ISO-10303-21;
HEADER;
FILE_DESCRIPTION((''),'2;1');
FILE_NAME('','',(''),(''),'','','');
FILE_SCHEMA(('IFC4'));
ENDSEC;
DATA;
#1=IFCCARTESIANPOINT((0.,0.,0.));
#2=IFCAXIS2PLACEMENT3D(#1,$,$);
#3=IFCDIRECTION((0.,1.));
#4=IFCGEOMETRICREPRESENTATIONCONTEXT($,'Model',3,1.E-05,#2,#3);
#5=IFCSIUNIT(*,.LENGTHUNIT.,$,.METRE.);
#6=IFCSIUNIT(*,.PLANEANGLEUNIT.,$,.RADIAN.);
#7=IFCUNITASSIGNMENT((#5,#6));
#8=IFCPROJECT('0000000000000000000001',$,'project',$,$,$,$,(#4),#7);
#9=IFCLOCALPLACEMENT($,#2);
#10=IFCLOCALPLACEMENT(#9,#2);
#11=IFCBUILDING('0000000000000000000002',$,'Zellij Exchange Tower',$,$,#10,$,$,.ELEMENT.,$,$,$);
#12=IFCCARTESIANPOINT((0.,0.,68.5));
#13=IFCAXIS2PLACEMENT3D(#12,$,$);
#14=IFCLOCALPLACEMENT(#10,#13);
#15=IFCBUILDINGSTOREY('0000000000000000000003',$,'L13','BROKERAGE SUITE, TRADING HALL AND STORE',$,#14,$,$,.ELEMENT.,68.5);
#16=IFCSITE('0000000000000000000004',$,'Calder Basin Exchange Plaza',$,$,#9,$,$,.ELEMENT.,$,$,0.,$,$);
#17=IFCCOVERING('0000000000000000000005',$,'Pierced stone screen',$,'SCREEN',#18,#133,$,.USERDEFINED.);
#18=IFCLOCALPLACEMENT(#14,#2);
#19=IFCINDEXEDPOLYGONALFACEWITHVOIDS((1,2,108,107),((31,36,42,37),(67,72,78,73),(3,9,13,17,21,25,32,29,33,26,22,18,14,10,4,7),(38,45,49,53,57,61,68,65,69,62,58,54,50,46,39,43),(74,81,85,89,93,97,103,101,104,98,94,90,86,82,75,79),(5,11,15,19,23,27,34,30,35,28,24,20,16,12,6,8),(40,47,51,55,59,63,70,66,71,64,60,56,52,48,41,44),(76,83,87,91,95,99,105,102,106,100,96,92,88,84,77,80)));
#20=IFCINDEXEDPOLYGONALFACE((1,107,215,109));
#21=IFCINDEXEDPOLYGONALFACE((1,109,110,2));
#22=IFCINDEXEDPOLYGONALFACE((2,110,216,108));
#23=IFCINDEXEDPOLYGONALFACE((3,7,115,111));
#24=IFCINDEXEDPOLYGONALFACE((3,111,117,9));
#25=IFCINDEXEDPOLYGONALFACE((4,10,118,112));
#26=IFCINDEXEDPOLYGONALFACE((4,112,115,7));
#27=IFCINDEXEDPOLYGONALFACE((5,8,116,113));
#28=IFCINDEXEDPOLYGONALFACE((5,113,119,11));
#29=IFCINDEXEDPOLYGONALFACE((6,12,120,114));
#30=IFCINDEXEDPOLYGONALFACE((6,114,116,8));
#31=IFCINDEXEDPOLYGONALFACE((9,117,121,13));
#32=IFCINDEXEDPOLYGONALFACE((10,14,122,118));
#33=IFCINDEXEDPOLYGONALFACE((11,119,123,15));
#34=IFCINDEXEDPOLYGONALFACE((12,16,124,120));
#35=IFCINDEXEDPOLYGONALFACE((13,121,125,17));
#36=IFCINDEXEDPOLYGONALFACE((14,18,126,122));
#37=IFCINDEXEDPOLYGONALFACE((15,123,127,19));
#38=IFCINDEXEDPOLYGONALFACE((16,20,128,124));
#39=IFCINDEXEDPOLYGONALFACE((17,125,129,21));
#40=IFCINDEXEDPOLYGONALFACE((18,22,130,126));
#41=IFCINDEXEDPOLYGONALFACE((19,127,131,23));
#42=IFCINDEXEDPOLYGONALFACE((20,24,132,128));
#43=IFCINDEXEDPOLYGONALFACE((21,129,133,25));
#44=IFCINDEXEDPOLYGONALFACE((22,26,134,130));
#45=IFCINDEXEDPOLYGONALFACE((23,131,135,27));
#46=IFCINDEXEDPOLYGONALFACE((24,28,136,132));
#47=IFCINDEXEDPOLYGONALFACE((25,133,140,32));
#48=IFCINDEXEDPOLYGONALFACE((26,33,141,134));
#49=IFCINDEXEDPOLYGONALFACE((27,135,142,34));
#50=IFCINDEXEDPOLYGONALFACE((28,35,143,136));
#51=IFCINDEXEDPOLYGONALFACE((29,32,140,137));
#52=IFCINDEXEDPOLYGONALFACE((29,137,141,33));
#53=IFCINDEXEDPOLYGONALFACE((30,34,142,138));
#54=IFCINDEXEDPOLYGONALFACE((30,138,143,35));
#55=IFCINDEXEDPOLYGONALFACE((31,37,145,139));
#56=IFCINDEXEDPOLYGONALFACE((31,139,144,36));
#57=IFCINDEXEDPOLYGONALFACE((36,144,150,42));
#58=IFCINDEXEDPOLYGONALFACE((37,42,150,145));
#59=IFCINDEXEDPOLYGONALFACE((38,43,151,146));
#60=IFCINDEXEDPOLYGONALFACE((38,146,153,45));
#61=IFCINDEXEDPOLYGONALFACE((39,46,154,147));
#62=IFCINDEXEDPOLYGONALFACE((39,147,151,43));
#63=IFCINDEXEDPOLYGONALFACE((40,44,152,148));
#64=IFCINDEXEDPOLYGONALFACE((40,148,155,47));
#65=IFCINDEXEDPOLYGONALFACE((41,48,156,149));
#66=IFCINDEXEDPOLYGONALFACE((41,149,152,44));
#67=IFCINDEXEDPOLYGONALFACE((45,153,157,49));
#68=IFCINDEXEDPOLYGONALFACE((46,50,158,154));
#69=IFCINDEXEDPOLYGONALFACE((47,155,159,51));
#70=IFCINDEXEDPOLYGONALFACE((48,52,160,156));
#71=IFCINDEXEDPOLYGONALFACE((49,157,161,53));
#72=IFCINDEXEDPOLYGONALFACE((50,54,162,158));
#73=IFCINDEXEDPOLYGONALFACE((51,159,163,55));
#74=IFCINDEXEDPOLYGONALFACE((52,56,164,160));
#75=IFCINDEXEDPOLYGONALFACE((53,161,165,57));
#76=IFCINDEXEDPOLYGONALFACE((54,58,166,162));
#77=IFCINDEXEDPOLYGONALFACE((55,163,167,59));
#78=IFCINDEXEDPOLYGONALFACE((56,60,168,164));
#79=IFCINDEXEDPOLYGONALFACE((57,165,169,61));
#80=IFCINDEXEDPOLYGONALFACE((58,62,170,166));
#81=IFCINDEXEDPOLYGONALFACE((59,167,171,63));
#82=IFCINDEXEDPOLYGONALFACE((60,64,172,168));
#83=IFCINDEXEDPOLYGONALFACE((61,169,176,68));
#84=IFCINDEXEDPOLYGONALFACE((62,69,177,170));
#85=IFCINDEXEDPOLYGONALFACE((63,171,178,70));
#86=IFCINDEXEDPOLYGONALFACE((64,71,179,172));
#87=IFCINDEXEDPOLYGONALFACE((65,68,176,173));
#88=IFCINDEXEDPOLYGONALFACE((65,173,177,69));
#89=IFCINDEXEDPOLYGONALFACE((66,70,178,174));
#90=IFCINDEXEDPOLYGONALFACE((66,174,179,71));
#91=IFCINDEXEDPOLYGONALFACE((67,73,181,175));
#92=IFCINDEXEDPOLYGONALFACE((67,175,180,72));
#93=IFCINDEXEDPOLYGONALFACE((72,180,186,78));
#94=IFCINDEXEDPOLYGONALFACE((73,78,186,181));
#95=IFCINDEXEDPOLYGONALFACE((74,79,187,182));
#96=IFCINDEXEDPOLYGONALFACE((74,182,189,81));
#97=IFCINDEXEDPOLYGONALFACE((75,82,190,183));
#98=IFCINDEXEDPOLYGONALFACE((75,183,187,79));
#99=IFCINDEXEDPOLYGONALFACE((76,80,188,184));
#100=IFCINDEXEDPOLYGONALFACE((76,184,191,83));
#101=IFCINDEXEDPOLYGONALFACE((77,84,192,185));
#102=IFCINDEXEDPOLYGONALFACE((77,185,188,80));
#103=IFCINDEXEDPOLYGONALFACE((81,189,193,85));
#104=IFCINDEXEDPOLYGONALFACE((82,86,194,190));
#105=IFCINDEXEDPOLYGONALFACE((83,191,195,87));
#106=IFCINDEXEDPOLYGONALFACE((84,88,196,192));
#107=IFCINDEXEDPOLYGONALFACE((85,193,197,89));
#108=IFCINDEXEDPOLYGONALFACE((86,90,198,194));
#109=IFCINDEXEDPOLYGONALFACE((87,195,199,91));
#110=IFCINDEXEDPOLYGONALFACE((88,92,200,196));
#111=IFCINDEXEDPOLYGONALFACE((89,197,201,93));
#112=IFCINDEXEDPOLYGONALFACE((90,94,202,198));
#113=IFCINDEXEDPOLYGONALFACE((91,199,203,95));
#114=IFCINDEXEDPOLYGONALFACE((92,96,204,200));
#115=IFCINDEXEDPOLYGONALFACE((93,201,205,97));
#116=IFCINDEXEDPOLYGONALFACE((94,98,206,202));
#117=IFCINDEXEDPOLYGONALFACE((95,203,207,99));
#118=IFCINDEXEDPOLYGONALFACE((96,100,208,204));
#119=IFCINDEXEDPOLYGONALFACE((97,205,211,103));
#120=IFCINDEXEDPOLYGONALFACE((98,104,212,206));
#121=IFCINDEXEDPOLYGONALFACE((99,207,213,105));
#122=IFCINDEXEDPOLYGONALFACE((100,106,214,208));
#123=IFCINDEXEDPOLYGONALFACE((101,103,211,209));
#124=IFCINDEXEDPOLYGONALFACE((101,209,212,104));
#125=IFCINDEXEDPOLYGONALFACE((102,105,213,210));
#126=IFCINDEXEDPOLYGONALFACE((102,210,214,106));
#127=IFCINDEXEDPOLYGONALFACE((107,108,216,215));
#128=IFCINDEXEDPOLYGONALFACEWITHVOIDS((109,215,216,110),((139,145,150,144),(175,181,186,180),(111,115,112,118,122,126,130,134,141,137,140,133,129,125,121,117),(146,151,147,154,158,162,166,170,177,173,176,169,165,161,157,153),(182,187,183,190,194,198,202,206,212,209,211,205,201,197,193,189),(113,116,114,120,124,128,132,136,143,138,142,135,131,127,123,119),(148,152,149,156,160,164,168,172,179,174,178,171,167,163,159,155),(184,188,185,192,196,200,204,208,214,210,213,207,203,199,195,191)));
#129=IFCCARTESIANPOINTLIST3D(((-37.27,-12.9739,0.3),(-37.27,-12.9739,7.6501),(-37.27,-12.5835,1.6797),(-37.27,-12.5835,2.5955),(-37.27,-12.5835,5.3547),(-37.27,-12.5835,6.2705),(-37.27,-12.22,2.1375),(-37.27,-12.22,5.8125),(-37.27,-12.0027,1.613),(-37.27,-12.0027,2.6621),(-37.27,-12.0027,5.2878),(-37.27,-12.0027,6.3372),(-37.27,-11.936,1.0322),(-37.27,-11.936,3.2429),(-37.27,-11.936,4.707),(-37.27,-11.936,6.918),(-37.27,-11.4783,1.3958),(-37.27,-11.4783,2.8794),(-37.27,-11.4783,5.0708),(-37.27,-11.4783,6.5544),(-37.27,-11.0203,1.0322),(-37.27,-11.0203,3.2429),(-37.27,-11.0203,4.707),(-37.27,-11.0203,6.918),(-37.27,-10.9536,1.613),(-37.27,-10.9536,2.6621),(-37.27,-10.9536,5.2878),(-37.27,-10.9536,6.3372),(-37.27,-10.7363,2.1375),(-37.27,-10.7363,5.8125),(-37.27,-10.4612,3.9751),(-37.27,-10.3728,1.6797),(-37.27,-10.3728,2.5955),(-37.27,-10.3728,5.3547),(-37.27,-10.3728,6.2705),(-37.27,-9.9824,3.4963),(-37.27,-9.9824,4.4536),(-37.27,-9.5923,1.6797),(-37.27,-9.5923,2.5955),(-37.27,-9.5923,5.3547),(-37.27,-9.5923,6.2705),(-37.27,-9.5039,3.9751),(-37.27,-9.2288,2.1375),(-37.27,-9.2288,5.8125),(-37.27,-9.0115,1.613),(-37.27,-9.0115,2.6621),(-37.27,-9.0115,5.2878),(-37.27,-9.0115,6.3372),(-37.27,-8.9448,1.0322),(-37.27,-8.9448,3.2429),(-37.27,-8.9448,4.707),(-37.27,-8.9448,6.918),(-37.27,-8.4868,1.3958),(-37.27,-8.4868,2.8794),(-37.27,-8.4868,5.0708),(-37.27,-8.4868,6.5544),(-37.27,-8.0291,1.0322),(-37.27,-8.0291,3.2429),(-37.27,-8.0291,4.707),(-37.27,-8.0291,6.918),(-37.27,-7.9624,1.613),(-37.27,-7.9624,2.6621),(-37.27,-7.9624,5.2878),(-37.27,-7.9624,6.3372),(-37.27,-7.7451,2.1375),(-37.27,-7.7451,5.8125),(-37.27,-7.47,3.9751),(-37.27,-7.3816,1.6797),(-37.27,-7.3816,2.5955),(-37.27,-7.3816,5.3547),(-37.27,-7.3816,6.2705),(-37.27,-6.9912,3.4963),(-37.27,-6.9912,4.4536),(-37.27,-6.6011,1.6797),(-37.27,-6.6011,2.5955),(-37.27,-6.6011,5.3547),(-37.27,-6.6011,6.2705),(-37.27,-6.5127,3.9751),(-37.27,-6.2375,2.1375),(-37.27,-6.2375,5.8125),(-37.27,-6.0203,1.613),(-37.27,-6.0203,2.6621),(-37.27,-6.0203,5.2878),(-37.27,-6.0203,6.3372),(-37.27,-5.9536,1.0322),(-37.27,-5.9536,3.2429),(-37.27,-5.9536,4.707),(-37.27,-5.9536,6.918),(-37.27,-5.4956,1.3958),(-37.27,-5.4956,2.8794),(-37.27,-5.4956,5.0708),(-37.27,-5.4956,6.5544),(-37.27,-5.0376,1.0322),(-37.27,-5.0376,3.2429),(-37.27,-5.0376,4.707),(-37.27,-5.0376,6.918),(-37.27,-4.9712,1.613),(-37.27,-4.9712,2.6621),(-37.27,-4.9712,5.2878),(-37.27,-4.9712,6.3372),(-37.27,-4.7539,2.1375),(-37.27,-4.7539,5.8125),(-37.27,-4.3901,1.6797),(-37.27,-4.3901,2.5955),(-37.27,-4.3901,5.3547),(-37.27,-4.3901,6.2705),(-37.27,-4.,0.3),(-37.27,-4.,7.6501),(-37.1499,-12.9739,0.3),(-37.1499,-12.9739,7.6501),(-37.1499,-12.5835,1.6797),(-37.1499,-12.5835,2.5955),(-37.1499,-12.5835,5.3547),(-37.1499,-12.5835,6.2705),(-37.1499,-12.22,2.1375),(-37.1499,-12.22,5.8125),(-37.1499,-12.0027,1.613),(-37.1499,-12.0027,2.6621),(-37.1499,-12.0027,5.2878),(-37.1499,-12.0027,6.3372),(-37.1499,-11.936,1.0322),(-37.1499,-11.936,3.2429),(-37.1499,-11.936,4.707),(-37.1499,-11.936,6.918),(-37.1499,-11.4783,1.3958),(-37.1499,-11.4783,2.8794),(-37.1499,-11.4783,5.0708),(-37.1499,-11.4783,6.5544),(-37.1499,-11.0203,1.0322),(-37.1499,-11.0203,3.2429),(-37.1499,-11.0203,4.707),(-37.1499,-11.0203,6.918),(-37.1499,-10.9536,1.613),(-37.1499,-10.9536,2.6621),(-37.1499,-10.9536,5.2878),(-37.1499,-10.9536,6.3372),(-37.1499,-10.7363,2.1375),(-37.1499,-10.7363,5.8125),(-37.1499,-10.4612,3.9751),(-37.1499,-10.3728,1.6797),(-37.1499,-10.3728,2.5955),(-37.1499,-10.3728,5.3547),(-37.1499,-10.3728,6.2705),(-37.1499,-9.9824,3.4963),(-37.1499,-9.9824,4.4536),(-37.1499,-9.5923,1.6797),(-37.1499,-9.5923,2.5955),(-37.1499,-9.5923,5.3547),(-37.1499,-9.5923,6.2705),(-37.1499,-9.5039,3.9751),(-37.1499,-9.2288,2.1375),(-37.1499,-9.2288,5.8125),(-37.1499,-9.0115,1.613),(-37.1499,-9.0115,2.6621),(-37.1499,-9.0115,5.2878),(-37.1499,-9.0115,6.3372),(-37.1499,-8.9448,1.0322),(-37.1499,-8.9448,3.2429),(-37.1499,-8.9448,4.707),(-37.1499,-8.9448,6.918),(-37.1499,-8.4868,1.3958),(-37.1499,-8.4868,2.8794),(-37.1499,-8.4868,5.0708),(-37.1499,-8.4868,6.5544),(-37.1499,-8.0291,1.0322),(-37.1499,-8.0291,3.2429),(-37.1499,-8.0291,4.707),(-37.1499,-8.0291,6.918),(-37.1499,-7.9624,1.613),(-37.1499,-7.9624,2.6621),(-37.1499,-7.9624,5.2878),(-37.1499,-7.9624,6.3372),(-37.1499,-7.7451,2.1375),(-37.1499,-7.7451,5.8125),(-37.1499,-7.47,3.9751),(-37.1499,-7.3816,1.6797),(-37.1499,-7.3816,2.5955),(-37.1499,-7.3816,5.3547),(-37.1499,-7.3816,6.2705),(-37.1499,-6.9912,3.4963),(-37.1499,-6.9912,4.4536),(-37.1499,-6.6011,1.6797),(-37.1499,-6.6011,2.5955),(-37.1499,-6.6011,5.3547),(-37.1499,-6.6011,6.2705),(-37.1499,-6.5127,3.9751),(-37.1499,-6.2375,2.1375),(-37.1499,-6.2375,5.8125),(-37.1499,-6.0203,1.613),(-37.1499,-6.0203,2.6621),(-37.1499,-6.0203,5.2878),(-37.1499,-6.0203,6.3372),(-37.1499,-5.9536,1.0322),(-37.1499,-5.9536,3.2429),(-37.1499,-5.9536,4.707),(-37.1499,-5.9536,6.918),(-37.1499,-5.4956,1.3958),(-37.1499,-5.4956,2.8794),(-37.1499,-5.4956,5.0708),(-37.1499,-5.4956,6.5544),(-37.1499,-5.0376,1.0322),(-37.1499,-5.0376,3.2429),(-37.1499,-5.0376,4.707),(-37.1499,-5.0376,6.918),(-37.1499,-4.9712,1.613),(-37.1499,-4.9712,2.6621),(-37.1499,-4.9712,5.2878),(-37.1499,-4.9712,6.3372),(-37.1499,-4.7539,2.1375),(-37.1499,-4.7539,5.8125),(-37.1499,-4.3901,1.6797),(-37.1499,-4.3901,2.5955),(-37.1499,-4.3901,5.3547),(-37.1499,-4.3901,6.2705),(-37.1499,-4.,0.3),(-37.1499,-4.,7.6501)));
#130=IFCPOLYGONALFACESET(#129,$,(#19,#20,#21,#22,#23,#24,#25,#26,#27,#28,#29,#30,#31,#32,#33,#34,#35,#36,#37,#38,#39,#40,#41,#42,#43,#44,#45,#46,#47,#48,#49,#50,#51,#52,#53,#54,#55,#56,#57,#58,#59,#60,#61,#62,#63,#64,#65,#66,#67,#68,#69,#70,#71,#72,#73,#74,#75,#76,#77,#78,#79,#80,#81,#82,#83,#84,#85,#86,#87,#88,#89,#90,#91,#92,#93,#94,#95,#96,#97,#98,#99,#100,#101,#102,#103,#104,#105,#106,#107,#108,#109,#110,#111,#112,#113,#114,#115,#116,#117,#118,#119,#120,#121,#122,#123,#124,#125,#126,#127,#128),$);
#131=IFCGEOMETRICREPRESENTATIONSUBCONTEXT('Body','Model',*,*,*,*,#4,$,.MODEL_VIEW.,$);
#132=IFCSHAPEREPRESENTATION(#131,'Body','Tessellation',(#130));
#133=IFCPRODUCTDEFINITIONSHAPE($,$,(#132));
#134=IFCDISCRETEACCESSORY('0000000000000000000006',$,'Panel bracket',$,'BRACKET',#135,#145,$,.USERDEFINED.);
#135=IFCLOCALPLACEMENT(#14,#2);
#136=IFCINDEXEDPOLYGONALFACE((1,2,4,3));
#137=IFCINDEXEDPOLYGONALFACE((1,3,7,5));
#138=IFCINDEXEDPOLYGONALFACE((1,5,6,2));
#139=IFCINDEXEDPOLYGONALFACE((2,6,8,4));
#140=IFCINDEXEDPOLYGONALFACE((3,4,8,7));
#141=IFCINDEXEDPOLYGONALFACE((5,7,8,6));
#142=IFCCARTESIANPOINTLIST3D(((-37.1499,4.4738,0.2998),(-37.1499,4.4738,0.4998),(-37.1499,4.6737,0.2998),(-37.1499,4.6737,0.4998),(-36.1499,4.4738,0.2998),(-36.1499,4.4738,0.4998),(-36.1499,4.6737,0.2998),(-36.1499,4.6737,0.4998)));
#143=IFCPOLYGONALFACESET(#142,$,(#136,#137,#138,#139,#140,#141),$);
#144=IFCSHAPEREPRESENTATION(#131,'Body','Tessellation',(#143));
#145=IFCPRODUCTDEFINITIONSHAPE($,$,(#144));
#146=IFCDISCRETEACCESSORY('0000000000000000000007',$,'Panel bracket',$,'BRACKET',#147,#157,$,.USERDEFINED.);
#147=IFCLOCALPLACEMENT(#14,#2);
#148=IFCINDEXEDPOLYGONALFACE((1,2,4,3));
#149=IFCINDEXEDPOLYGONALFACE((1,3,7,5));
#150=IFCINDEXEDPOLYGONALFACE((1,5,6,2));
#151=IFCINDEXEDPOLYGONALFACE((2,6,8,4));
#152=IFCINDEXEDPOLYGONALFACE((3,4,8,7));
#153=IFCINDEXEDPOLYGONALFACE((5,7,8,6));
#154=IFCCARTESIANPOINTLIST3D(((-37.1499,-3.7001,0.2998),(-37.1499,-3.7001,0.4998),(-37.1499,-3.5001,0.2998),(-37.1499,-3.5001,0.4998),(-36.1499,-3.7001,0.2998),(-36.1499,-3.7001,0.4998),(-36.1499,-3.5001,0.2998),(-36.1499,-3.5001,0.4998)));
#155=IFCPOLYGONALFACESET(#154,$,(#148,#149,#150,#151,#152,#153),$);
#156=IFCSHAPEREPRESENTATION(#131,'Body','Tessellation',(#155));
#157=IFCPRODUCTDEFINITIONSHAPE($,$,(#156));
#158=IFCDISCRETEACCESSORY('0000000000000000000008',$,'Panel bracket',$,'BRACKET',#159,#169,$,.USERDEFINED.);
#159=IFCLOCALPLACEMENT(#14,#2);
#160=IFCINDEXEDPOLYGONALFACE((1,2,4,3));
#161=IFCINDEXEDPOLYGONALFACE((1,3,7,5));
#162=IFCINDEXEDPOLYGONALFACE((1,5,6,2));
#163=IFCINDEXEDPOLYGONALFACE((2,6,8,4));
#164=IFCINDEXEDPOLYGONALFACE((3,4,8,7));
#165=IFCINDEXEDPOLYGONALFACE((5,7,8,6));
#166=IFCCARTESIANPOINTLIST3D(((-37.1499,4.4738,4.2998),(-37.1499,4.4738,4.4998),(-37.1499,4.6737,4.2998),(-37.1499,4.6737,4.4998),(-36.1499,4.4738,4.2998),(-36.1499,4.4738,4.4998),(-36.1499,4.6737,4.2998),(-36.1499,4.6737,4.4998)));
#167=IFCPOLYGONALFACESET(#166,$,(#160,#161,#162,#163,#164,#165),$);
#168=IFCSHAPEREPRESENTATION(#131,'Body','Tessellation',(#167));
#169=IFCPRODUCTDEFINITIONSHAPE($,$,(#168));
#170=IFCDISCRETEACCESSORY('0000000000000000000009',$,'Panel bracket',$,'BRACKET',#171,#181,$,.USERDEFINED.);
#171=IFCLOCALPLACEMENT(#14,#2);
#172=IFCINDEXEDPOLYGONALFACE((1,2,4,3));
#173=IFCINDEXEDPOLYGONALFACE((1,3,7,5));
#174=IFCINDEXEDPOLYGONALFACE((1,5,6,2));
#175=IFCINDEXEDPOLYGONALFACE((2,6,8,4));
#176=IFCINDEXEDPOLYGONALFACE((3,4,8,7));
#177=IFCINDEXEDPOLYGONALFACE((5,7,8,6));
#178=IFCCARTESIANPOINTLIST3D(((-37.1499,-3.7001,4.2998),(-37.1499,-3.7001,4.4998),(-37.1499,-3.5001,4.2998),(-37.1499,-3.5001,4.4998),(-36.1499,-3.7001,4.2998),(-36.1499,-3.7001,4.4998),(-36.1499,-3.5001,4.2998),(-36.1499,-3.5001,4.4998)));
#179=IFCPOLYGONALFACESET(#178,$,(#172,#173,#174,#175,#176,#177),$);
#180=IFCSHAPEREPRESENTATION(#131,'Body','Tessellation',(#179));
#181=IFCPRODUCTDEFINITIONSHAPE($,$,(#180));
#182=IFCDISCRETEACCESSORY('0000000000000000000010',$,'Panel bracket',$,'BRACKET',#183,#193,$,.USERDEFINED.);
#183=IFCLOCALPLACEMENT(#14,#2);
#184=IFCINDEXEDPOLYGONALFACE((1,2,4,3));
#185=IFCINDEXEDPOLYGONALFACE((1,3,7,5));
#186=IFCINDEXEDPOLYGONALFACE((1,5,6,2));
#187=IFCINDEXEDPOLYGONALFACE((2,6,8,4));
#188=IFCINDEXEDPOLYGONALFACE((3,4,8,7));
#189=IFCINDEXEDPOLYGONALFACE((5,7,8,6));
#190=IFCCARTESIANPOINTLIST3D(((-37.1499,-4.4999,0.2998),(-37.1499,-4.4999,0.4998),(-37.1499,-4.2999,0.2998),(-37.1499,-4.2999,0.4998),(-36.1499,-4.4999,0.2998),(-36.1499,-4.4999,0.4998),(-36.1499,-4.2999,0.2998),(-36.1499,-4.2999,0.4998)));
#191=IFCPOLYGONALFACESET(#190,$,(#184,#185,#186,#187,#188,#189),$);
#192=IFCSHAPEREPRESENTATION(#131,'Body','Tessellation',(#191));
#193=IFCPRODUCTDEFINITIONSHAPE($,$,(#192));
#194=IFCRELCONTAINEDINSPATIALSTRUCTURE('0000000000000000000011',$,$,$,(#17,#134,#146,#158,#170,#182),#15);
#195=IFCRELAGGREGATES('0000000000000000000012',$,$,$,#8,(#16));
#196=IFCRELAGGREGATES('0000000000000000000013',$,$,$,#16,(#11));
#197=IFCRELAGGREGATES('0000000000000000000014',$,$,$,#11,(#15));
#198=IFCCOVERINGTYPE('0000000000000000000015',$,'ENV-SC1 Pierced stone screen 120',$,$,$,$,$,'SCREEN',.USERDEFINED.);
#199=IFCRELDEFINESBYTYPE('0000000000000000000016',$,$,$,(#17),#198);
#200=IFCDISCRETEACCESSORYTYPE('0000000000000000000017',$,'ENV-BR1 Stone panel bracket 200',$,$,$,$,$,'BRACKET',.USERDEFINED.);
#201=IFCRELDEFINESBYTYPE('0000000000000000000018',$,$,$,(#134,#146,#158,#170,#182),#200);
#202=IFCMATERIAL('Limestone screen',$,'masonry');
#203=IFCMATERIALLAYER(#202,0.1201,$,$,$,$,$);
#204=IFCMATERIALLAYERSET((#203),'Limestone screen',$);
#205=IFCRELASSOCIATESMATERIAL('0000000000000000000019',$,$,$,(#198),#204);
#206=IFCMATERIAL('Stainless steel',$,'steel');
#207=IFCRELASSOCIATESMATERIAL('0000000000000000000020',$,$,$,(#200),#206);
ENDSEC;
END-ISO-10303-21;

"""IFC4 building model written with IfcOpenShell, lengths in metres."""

from ifc_helpers import new_model, si_unit, direction, frame, origin, origin_2d, place, context, subcontext, project, spatial, polyline, rectangle, outline, extrude, material, layer, layer_set, type_object, element, save


model = new_model("IFC4")

# Units and contexts
model_context = context("Model", 3, precision=1e-05, world=origin(), true_north=direction((0.0, 1.0)))
body_context = subcontext(model_context, "Body", "Model", "MODEL_VIEW")
ifc_project = project(units=[si_unit("LENGTHUNIT", "METRE"), si_unit("PLANEANGLEUNIT", "RADIAN")], contexts=[model_context])

# Site, building, storey
site_placement = place(None, origin())
site = spatial("IfcSite", under=ifc_project, at=site_placement, Name="Calder Basin Exchange Plaza", CompositionType="ELEMENT", RefElevation=0.0)
building_placement = place(site_placement, origin())
building = spatial("IfcBuilding", under=site, at=building_placement, Name="Zellij Exchange Tower", CompositionType="ELEMENT")
storey_placement = place(building_placement, frame((0.0, 0.0, 68.5)))
storey = spatial("IfcBuildingStorey", under=building, at=storey_placement, Name="L13", Description="BROKERAGE SUITE, TRADING HALL AND STORE", CompositionType="ELEMENT", Elevation=68.5)

# Covering
ifc_material_1 = material(Name="Limestone screen", Category="masonry")
ifc_layer_1 = layer(ifc_material_1, 0.1201)
ifc_layer_set_1 = layer_set([ifc_layer_1], Name="Limestone screen")
covering_type = type_object("IfcCoveringType", Name="ENV-SC1 Pierced stone screen 120", ElementType="SCREEN", PredefinedType="USERDEFINED", material=ifc_layer_set_1)
covering_1_placement = place(storey_placement, frame((-37.21, -4.0, 0.3), z_axis=(0.0, 0.0, 1.0), x_axis=(0.0, -1.0, 0.0)))
element("IfcCovering", 1, at=covering_1_placement, inside=storey, type_object=covering_type, Name="Pierced stone screen", ObjectType="SCREEN", PredefinedType="USERDEFINED", context=body_context, shape_type="SweptSolid", body=[
    extrude(outline(polyline([(0.0, 0.0), (8.9739, 0.0), (8.9739, 7.3501), (0.0, 7.3501), (0.0, 0.0)]), holes=[polyline([(2.6011, 2.2954), (2.0203, 2.3621), (1.9536, 2.9429), (1.4956, 2.5793), (1.0376, 2.9429), (0.9712, 2.3621), (0.3901, 2.2954), (0.7539, 1.8374), (0.3901, 1.3796), (0.9712, 1.313), (1.0376, 0.7322), (1.4956, 1.0957), (1.9536, 0.7322), (2.0203, 1.313), (2.6011, 1.3796), (2.2375, 1.8374), (2.6011, 2.2954)]), polyline([(2.6011, 5.9705), (2.0203, 6.0371), (1.9536, 6.6179), (1.4956, 6.2544), (1.0376, 6.6179), (0.9712, 6.0371), (0.3901, 5.9705), (0.7539, 5.5125), (0.3901, 5.0547), (0.9712, 4.9878), (1.0376, 4.407), (1.4956, 4.7708), (1.9536, 4.407), (2.0203, 4.9878), (2.6011, 5.0547), (2.2375, 5.5125), (2.6011, 5.9705)]), polyline([(5.5923, 2.2954), (5.0115, 2.3621), (4.9448, 2.9429), (4.4868, 2.5793), (4.0291, 2.9429), (3.9624, 2.3621), (3.3816, 2.2954), (3.7451, 1.8374), (3.3816, 1.3796), (3.9624, 1.313), (4.0291, 0.7322), (4.4868, 1.0957), (4.9448, 0.7322), (5.0115, 1.313), (5.5923, 1.3796), (5.2288, 1.8374), (5.5923, 2.2954)]), polyline([(5.5923, 5.9705), (5.0115, 6.0371), (4.9448, 6.6179), (4.4868, 6.2544), (4.0291, 6.6179), (3.9624, 6.0371), (3.3816, 5.9705), (3.7451, 5.5125), (3.3816, 5.0547), (3.9624, 4.9878), (4.0291, 4.407), (4.4868, 4.7708), (4.9448, 4.407), (5.0115, 4.9878), (5.5923, 5.0547), (5.2288, 5.5125), (5.5923, 5.9705)]), polyline([(8.5835, 2.2954), (8.0027, 2.3621), (7.936, 2.9429), (7.4783, 2.5793), (7.0203, 2.9429), (6.9536, 2.3621), (6.3728, 2.2954), (6.7363, 1.8374), (6.3728, 1.3796), (6.9536, 1.313), (7.0203, 0.7322), (7.4783, 1.0957), (7.936, 0.7322), (8.0027, 1.313), (8.5835, 1.3796), (8.22, 1.8374), (8.5835, 2.2954)]), polyline([(8.5835, 5.9705), (8.0027, 6.0371), (7.936, 6.6179), (7.4783, 6.2544), (7.0203, 6.6179), (6.9536, 6.0371), (6.3728, 5.9705), (6.7363, 5.5125), (6.3728, 5.0547), (6.9536, 4.9878), (7.0203, 4.407), (7.4783, 4.7708), (7.936, 4.407), (8.0027, 4.9878), (8.5835, 5.0547), (8.22, 5.5125), (8.5835, 5.9705)]), polyline([(3.47, 3.675), (2.9912, 4.1536), (2.5127, 3.675), (2.9912, 3.1963), (3.47, 3.675)]), polyline([(6.4612, 3.675), (5.9824, 4.1536), (5.5039, 3.675), (5.9824, 3.1963), (6.4612, 3.675)])]), frame((0.0, 0.0601, 0.0), z_axis=(0.0, -1.0, 0.0), x_axis=(1.0, 0.0, 0.0)), (0.0, 0.0, 1.0), 0.1201),
])

# Discrete accessories
ifc_material_2 = material(Name="Stainless steel", Category="steel")
discrete_accessory_type = type_object("IfcDiscreteAccessoryType", Name="ENV-BR1 Stone panel bracket 200", ElementType="BRACKET", PredefinedType="USERDEFINED", material=ifc_material_2)
for number, where, z_axis, x_axis, name in (
    (2, (-36.6499, 4.5737, 0.2998), (0.0, 0.0, 1.0), (0.0, -1.0, 0.0), "Panel bracket"),
    (3, (-36.6499, -3.6001, 0.2998), (0.0, 0.0, 1.0), (0.0, -1.0, 0.0), "Panel bracket"),
    (4, (-36.6499, 4.5737, 4.2998), (0.0, 0.0, 1.0), (0.0, -1.0, 0.0), "Panel bracket"),
    (5, (-36.6499, -3.6001, 4.2998), (0.0, 0.0, 1.0), (0.0, -1.0, 0.0), "Panel bracket"),
    (6, (-36.6499, -4.3999, 0.2998), (0.0, 0.0, 1.0), (0.0, -1.0, 0.0), "Panel bracket"),
):
    element("IfcDiscreteAccessory", number, at=place(storey_placement, frame(where, z_axis=z_axis, x_axis=x_axis)), inside=storey, type_object=discrete_accessory_type, Name=name, ObjectType="BRACKET", PredefinedType="USERDEFINED", context=body_context, shape_type="SweptSolid", body=[
        extrude(rectangle(XDim=0.2, YDim=1.0, at=origin_2d()), origin(), (0.0, 0.0, 1.0), 0.2),
    ])

save(model, "model.ifc")
